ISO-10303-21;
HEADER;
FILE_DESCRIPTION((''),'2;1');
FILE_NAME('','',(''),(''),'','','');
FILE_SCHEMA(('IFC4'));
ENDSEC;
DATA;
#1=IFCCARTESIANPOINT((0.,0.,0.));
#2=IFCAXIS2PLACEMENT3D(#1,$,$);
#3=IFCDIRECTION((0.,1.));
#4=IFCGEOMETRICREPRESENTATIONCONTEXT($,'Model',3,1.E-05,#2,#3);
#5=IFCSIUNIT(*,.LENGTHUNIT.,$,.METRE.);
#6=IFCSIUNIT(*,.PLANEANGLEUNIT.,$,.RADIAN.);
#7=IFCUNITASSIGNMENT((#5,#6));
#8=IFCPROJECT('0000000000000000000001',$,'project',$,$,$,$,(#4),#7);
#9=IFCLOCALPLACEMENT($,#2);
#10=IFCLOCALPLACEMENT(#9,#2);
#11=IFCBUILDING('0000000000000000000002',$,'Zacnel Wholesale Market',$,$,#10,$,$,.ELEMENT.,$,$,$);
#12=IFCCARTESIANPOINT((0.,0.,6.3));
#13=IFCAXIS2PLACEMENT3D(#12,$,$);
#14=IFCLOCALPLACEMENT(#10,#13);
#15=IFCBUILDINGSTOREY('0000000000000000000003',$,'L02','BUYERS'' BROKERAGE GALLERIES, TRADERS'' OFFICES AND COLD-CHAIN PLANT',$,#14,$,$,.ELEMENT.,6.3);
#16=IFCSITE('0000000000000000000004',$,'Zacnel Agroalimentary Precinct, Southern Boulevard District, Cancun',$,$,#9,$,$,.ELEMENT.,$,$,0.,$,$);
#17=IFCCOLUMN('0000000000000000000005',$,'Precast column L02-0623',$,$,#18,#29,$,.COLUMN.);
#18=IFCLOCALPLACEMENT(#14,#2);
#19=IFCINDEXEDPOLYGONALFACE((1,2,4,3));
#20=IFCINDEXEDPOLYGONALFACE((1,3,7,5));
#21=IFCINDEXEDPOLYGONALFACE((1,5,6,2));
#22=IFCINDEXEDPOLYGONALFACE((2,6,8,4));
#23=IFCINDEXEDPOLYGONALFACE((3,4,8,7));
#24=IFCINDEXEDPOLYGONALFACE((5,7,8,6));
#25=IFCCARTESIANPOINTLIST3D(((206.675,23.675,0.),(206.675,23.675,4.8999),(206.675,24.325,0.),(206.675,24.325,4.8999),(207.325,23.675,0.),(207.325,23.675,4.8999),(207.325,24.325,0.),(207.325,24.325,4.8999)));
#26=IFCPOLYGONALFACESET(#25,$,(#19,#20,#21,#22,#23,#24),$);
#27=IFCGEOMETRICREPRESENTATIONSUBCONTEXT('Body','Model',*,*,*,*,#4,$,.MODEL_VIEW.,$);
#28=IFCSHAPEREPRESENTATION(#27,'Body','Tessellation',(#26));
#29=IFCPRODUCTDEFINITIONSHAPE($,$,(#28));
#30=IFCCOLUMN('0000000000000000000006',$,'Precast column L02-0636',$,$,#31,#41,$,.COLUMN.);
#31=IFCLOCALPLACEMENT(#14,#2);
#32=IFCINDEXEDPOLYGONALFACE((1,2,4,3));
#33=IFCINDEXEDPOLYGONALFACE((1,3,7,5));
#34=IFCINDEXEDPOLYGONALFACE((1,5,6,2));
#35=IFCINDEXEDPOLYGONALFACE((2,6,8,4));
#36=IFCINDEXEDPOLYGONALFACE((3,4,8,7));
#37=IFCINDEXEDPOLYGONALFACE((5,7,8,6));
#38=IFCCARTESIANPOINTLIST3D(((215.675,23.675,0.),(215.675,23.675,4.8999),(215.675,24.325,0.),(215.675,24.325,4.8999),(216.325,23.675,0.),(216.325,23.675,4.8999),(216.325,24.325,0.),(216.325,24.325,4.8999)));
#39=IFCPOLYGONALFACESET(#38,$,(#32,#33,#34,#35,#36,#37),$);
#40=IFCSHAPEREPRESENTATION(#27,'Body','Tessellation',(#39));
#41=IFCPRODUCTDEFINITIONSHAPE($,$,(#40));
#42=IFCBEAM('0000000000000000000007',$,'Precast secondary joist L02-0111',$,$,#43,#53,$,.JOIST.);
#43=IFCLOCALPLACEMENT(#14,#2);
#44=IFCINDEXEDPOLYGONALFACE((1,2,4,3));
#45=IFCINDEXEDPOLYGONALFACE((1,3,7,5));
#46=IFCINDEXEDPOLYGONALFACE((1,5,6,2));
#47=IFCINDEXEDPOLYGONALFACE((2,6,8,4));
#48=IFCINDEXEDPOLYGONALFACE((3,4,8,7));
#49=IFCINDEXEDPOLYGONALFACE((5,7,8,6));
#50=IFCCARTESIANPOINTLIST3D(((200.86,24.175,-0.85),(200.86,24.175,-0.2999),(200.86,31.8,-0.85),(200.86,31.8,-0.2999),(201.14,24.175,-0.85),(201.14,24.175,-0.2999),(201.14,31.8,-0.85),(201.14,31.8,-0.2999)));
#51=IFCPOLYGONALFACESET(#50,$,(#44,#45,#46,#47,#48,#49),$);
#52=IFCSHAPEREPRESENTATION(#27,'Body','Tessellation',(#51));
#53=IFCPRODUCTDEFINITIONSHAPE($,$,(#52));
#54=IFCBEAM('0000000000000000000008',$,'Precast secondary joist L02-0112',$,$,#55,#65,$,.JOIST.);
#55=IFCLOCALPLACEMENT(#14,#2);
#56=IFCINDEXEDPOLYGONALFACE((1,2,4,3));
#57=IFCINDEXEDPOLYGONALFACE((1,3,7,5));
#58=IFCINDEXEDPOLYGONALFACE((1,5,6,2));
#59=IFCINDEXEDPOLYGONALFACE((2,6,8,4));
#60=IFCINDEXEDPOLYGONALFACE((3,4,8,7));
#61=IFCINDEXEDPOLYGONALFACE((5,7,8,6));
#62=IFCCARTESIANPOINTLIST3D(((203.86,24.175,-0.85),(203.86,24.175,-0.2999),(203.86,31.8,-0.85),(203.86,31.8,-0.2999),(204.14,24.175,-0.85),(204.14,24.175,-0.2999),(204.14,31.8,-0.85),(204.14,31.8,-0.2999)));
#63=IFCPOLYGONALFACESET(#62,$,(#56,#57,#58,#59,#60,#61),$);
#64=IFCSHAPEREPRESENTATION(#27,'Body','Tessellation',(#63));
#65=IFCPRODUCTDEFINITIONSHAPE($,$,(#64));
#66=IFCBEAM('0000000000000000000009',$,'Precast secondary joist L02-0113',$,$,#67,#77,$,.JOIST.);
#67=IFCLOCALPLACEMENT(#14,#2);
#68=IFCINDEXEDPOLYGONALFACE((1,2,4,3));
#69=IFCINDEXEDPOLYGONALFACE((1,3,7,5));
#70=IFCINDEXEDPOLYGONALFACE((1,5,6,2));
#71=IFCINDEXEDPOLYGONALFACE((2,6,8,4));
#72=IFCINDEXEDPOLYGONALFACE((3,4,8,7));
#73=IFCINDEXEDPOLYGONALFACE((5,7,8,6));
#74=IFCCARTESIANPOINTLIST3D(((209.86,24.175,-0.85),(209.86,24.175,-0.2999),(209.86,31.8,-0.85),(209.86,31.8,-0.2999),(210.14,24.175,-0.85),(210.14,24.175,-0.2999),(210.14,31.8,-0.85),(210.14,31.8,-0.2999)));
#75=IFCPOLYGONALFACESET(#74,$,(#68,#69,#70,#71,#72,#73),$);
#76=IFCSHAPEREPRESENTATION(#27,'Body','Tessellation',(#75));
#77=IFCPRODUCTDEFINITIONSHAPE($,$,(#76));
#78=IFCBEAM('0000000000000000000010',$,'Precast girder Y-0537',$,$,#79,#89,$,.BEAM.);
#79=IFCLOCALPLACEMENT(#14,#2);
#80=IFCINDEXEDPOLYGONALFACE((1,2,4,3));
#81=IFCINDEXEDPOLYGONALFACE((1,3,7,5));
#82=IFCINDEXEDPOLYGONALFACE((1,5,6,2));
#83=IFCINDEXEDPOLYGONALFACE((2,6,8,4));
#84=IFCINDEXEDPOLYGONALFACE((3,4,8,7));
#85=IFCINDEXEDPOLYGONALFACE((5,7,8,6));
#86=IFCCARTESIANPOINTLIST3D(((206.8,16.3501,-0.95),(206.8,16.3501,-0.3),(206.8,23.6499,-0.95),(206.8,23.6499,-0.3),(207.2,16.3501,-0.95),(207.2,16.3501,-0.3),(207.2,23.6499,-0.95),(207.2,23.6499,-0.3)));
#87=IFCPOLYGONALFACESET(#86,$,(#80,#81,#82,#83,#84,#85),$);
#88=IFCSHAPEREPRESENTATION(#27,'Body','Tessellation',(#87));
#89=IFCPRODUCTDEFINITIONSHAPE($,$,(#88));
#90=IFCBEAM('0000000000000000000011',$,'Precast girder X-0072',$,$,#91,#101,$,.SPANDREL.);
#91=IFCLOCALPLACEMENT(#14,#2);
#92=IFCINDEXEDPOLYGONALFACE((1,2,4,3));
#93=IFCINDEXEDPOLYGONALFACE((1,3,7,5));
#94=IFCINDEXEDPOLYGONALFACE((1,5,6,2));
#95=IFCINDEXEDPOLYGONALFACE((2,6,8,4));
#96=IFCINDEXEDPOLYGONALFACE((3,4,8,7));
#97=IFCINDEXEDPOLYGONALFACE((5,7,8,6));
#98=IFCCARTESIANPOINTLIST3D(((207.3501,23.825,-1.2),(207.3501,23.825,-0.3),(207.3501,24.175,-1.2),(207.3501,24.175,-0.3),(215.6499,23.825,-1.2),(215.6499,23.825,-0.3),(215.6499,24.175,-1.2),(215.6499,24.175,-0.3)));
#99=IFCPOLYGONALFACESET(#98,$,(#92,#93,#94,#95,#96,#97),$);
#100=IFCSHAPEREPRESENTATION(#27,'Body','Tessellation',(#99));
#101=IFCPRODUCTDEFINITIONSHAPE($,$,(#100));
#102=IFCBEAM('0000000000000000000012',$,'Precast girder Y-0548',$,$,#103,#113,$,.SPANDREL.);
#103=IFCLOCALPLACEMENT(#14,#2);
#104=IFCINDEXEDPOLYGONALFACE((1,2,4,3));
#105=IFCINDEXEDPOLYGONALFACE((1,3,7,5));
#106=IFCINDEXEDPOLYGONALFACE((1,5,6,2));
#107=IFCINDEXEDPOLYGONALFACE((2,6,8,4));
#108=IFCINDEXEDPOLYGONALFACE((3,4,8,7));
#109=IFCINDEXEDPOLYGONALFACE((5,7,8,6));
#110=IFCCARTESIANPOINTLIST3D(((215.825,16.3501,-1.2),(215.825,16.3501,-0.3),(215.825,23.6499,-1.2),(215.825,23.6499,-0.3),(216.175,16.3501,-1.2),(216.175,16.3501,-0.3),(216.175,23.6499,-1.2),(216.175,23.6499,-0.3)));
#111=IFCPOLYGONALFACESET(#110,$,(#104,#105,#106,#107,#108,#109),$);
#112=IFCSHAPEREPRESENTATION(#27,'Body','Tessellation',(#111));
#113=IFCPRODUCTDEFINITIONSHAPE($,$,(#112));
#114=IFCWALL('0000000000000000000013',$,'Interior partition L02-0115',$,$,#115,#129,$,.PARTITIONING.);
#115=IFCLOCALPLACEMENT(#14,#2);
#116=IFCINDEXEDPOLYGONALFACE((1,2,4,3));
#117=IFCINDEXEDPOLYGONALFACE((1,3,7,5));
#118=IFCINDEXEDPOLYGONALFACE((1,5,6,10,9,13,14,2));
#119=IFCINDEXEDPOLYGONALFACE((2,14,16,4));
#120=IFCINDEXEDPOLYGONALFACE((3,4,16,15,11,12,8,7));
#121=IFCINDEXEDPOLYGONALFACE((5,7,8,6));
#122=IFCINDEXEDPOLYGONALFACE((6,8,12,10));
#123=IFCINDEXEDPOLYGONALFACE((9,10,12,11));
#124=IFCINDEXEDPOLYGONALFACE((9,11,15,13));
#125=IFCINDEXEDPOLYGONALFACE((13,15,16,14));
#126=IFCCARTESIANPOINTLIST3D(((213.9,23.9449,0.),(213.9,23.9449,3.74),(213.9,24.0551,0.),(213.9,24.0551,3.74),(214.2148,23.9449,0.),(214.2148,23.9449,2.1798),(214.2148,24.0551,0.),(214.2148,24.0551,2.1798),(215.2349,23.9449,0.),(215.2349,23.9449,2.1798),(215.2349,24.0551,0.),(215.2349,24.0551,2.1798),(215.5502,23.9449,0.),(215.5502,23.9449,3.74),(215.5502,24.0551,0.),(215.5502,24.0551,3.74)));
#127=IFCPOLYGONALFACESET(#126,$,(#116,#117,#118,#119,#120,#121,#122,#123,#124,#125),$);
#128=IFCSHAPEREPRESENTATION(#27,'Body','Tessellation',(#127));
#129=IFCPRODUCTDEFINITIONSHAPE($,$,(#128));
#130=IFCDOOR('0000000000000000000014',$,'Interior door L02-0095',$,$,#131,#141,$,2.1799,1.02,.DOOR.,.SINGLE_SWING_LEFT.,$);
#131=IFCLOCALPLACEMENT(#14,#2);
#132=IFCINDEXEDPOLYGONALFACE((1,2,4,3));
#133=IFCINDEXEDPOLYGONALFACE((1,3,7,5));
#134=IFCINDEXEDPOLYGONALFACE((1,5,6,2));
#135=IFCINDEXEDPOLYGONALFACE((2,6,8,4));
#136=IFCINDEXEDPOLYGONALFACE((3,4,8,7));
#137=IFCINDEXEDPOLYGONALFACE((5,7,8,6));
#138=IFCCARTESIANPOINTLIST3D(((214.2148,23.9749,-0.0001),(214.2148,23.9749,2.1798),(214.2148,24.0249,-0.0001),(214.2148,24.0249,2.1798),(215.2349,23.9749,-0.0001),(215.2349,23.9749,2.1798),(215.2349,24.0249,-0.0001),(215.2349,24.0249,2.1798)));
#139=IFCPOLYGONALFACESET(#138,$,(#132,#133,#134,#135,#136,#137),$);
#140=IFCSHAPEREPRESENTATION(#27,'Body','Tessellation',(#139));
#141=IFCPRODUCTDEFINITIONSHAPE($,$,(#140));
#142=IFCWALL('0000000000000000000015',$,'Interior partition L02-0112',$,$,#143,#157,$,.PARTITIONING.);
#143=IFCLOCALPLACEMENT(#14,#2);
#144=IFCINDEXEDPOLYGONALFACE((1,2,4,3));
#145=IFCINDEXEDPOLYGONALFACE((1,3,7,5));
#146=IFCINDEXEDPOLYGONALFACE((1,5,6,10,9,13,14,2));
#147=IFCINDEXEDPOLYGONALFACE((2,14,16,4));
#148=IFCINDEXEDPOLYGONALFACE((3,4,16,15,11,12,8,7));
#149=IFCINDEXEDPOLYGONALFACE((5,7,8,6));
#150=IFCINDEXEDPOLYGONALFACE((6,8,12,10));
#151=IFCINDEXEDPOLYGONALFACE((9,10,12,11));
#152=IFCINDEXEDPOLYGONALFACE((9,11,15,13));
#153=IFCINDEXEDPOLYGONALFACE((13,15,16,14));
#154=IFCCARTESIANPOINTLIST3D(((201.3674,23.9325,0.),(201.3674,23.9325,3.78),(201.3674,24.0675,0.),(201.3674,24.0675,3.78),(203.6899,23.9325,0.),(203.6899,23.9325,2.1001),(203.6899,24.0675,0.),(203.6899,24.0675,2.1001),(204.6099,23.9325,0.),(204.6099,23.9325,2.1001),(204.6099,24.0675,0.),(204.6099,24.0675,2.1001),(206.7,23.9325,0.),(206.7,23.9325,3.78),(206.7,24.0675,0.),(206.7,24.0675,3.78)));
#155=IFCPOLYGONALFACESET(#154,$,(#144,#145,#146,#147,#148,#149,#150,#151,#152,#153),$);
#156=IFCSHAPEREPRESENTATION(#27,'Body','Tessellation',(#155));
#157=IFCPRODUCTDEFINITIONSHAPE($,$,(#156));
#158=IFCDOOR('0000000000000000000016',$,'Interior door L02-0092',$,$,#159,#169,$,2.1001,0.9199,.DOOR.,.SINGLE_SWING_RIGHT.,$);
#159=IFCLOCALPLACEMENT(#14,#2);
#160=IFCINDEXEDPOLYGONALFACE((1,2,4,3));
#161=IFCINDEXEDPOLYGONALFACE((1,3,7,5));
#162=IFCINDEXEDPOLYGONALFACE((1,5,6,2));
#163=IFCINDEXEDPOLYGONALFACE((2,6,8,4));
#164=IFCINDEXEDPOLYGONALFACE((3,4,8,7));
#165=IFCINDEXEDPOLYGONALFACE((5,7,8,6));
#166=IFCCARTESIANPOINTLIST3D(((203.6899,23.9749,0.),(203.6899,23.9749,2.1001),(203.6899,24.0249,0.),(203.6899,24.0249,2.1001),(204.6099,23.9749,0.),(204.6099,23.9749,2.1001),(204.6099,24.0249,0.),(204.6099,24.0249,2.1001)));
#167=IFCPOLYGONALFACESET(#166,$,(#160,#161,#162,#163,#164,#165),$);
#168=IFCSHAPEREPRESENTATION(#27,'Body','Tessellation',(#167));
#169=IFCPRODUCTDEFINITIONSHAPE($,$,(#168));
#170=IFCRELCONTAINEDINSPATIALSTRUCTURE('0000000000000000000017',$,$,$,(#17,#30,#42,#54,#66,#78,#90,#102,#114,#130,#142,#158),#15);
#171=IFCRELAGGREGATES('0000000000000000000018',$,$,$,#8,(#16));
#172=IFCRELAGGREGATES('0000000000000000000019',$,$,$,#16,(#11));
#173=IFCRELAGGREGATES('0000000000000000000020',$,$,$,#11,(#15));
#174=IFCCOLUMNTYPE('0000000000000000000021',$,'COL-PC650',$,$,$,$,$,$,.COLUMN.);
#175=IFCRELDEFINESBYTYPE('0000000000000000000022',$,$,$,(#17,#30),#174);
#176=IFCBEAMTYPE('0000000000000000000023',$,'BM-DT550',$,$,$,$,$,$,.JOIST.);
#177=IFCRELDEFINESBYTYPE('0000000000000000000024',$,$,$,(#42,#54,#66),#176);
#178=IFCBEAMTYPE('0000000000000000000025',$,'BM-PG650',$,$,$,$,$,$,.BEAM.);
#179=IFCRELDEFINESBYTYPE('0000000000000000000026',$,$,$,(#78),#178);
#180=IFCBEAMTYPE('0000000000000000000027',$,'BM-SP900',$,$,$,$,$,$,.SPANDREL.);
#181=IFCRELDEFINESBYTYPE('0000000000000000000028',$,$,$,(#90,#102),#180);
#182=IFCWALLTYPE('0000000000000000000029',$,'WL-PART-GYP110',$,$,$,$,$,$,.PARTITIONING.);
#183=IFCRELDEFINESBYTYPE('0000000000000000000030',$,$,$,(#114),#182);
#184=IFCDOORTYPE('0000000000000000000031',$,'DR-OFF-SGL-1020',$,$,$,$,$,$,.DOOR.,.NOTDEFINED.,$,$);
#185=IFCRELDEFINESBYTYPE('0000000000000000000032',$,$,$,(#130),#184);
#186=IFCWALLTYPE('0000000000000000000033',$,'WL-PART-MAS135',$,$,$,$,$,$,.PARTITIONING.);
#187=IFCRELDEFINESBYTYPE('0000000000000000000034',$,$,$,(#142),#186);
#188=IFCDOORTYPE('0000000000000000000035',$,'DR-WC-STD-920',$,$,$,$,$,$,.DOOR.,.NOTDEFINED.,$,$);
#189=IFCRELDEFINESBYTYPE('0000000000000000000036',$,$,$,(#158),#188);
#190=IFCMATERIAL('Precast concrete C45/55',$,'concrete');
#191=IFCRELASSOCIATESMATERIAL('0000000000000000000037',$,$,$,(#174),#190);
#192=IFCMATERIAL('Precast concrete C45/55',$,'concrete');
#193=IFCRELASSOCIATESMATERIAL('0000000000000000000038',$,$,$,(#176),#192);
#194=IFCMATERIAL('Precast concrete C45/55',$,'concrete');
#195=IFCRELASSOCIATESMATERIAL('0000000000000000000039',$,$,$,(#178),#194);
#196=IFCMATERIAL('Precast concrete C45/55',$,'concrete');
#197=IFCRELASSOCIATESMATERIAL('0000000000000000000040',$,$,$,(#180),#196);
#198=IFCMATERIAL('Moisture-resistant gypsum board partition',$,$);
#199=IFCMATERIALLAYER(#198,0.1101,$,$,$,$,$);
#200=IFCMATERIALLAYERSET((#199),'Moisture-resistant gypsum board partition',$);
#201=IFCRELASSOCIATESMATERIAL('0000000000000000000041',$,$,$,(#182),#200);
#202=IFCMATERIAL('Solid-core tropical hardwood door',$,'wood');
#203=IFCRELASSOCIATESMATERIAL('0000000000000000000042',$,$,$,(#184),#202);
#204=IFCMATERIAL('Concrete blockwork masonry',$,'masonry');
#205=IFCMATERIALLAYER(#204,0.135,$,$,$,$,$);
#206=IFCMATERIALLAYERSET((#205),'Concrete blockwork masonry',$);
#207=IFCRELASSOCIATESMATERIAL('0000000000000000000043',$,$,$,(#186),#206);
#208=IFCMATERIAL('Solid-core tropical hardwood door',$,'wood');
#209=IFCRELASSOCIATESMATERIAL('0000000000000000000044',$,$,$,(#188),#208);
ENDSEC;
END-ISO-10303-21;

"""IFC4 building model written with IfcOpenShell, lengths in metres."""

from ifc_helpers import new_model, si_unit, direction, frame, frame_2d, origin, origin_2d, place, context, subcontext, project, spatial, rectangle, extrude, material, layer, layer_set, material_profile, profile_set, type_object, element, fill, save


model = new_model("IFC4")

# Units and contexts
model_context = context("Model", 3, precision=1e-05, world=origin(), true_north=direction((0.0, 1.0)))
body_context = subcontext(model_context, "Body", "Model", "MODEL_VIEW")
ifc_project = project(units=[si_unit("LENGTHUNIT", "METRE"), si_unit("PLANEANGLEUNIT", "RADIAN")], contexts=[model_context])

# Site, building, storey
site_placement = place(None, origin())
site = spatial("IfcSite", under=ifc_project, at=site_placement, Name="Zacnel Agroalimentary Precinct, Southern Boulevard District, Cancun", CompositionType="ELEMENT", RefElevation=0.0)
building_placement = place(site_placement, origin())
building = spatial("IfcBuilding", under=site, at=building_placement, Name="Zacnel Wholesale Market", CompositionType="ELEMENT")
storey_placement = place(building_placement, frame((0.0, 0.0, 6.3)))
storey = spatial("IfcBuildingStorey", under=building, at=storey_placement, Name="L02", Description="BUYERS' BROKERAGE GALLERIES, TRADERS' OFFICES AND COLD-CHAIN PLANT", CompositionType="ELEMENT", Elevation=6.3)

# Columns
ifc_material_1 = material(Name="Precast concrete C45/55", Category="concrete")
ifc_material_profile_1 = material_profile(ifc_material_1, rectangle(XDim=0.6499, YDim=0.6499, at=origin_2d()), Name="PC 650x650")
ifc_profile_set_1 = profile_set([ifc_material_profile_1], Name="Precast concrete C45/55")
column_type = type_object("IfcColumnType", Name="COL-PC650", PredefinedType="COLUMN", material=ifc_profile_set_1)
for number, where, z_axis, x_axis, name in (
    (1, (207.0, 24.0, 0.0), (0.0, 0.0, 1.0), (1.0, 0.0, 0.0), "Precast column L02-0623"),
    (2, (216.0, 24.0, 0.0), (0.0, 0.0, 1.0), (1.0, 0.0, 0.0), "Precast column L02-0636"),
):
    element("IfcColumn", number, at=place(storey_placement, frame(where, z_axis=z_axis, x_axis=x_axis)), inside=storey, type_object=column_type, Name=name, PredefinedType="COLUMN", context=body_context, shape_type="SweptSolid", body=[
        extrude(rectangle(XDim=0.6499, YDim=0.6499, at=origin_2d()), origin(), (0.0, 0.0, 1.0), 4.8999),
    ])

# Beams
ifc_material_2 = material(Name="Precast concrete C45/55", Category="concrete")
ifc_material_profile_2 = material_profile(ifc_material_2, rectangle(XDim=0.28, YDim=0.55, at=origin_2d()), Name="DT RIB 280x550")
ifc_profile_set_2 = profile_set([ifc_material_profile_2], Name="Precast concrete C45/55")
beam_type_1 = type_object("IfcBeamType", Name="BM-DT550", PredefinedType="JOIST", material=ifc_profile_set_2)
for number, where, z_axis, x_axis, name in (
    (3, (201.0, 24.175, -0.575), (0.0, 1.0, 0.0), (-1.0, 0.0, 0.0), "Precast secondary joist L02-0111"),
    (4, (204.0, 24.175, -0.575), (0.0, 1.0, 0.0), (-1.0, 0.0, 0.0), "Precast secondary joist L02-0112"),
    (5, (210.0, 24.175, -0.575), (0.0, 1.0, 0.0), (-1.0, 0.0, 0.0), "Precast secondary joist L02-0113"),
):
    element("IfcBeam", number, at=place(storey_placement, frame(where, z_axis=z_axis, x_axis=x_axis)), inside=storey, type_object=beam_type_1, Name=name, PredefinedType="JOIST", context=body_context, shape_type="SweptSolid", body=[
        extrude(rectangle(XDim=0.28, YDim=0.55, at=origin_2d()), origin(), (0.0, 0.0, 1.0), 7.625),
    ])
ifc_material_3 = material(Name="Precast concrete C45/55", Category="concrete")
ifc_material_profile_3 = material_profile(ifc_material_3, rectangle(XDim=0.3999, YDim=0.6499, at=origin_2d()), Name="PG 400x650")
ifc_profile_set_3 = profile_set([ifc_material_profile_3], Name="Precast concrete C45/55")
beam_type_2 = type_object("IfcBeamType", Name="BM-PG650", PredefinedType="BEAM", material=ifc_profile_set_3)
beam_1_placement = place(storey_placement, frame((207.0, 16.3501, -0.625), z_axis=(0.0, 1.0, 0.0), x_axis=(-1.0, 0.0, 0.0)))
element("IfcBeam", 6, at=beam_1_placement, inside=storey, type_object=beam_type_2, Name="Precast girder Y-0537", PredefinedType="BEAM", context=body_context, shape_type="SweptSolid", body=[
    extrude(rectangle(XDim=0.3999, YDim=0.6499, at=origin_2d()), origin(), (0.0, 0.0, 1.0), 7.2998),
])
ifc_material_4 = material(Name="Precast concrete C45/55", Category="concrete")
ifc_material_profile_4 = material_profile(ifc_material_4, rectangle(XDim=0.3501, YDim=0.8999, at=origin_2d()), Name="SP 350x900")
ifc_profile_set_4 = profile_set([ifc_material_profile_4], Name="Precast concrete C45/55")
beam_type_3 = type_object("IfcBeamType", Name="BM-SP900", PredefinedType="SPANDREL", material=ifc_profile_set_4)
beam_2_placement = place(storey_placement, frame((207.3501, 24.0, -0.75), z_axis=(1.0, 0.0, 0.0), x_axis=(0.0, 1.0, 0.0)))
element("IfcBeam", 7, at=beam_2_placement, inside=storey, type_object=beam_type_3, Name="Precast girder X-0072", PredefinedType="SPANDREL", context=body_context, shape_type="SweptSolid", body=[
    extrude(rectangle(XDim=0.3501, YDim=0.8999, at=origin_2d()), origin(), (0.0, 0.0, 1.0), 8.2998),
])
beam_3_placement = place(storey_placement, frame((216.0, 16.3501, -0.75), z_axis=(0.0, 1.0, 0.0), x_axis=(-1.0, 0.0, 0.0)))
element("IfcBeam", 8, at=beam_3_placement, inside=storey, type_object=beam_type_3, Name="Precast girder Y-0548", PredefinedType="SPANDREL", context=body_context, shape_type="SweptSolid", body=[
    extrude(rectangle(XDim=0.3501, YDim=0.8999, at=origin_2d()), origin(), (0.0, 0.0, 1.0), 7.2998),
])

# Walls, openings, doors
ifc_material_5 = material(Name="Moisture-resistant gypsum board partition")
ifc_layer_1 = layer(ifc_material_5, 0.1101)
ifc_layer_set_1 = layer_set([ifc_layer_1], Name="Moisture-resistant gypsum board partition")
wall_type_1 = type_object("IfcWallType", Name="WL-PART-GYP110", PredefinedType="PARTITIONING", material=ifc_layer_set_1)
wall_1_placement = place(storey_placement, frame((213.8999, 24.0, 0.0), z_axis=(0.0, 0.0, 1.0), x_axis=(1.0, 0.0, 0.0)))
wall_1 = element("IfcWall", 9, at=wall_1_placement, inside=storey, type_object=wall_type_1, Name="Interior partition L02-0115", PredefinedType="PARTITIONING", context=body_context, shape_type="SweptSolid", body=[
    extrude(rectangle(XDim=1.6501, YDim=0.1101, at=frame_2d((0.8252, 0.0))), origin(), (0.0, 0.0, 1.0), 3.74),
])
opening_1_placement = place(wall_1_placement, frame((0.3149, 0.0, 0.0)))
opening_1 = element("IfcOpeningElement", 10, at=opening_1_placement, cuts=wall_1, PredefinedType="OPENING", context=body_context, shape_type="SweptSolid", body=[
    extrude(rectangle(XDim=1.02, YDim=2.1799, at=frame_2d((0.51, 1.0898))), frame((0.0, 0.0649, 0.0), z_axis=(0.0, -1.0, 0.0), x_axis=(1.0, 0.0, 0.0)), (0.0, 0.0, 1.0), 0.1301),
])
ifc_material_6 = material(Name="Solid-core tropical hardwood door", Category="wood")
door_type_1 = type_object("IfcDoorType", Name="DR-OFF-SGL-1020", OperationType="NOTDEFINED", PredefinedType="DOOR", material=ifc_material_6)
door_1_placement = place(opening_1_placement, origin())
door_1 = element("IfcDoor", 11, at=door_1_placement, inside=storey, type_object=door_type_1, Name="Interior door L02-0095", OperationType="SINGLE_SWING_LEFT", OverallHeight=2.1799, OverallWidth=1.02, PredefinedType="DOOR", context=body_context, shape_type="SweptSolid", body=[
    extrude(rectangle(XDim=1.02, YDim=2.1799, at=frame_2d((0.51, 1.0898))), frame((0.0, 0.0249, 0.0), z_axis=(0.0, -1.0, 0.0), x_axis=(1.0, 0.0, 0.0)), (0.0, 0.0, 1.0), 0.05),
])
fill(opening_1, door_1)
ifc_material_7 = material(Name="Concrete blockwork masonry", Category="masonry")
ifc_layer_2 = layer(ifc_material_7, 0.135)
ifc_layer_set_2 = layer_set([ifc_layer_2], Name="Concrete blockwork masonry")
wall_type_2 = type_object("IfcWallType", Name="WL-PART-MAS135", PredefinedType="PARTITIONING", material=ifc_layer_set_2)
wall_2_placement = place(storey_placement, frame((201.3674, 24.0, 0.0), z_axis=(0.0, 0.0, 1.0), x_axis=(1.0, 0.0, 0.0)))
wall_2 = element("IfcWall", 12, at=wall_2_placement, inside=storey, type_object=wall_type_2, Name="Interior partition L02-0112", PredefinedType="PARTITIONING", context=body_context, shape_type="SweptSolid", body=[
    extrude(rectangle(XDim=5.3325, YDim=0.135, at=frame_2d((2.6663, 0.0))), origin(), (0.0, 0.0, 1.0), 3.78),
])
opening_2_placement = place(wall_2_placement, frame((2.3225, 0.0, 0.0)))
opening_2 = element("IfcOpeningElement", 13, at=opening_2_placement, cuts=wall_2, PredefinedType="OPENING", context=body_context, shape_type="SweptSolid", body=[
    extrude(rectangle(XDim=0.9199, YDim=2.1001, at=frame_2d((0.46, 1.05))), frame((0.0, 0.0774, 0.0), z_axis=(0.0, -1.0, 0.0), x_axis=(1.0, 0.0, 0.0)), (0.0, 0.0, 1.0), 0.155),
])
ifc_material_8 = material(Name="Solid-core tropical hardwood door", Category="wood")
door_type_2 = type_object("IfcDoorType", Name="DR-WC-STD-920", OperationType="NOTDEFINED", PredefinedType="DOOR", material=ifc_material_8)
door_2_placement = place(opening_2_placement, origin())
door_2 = element("IfcDoor", 14, at=door_2_placement, inside=storey, type_object=door_type_2, Name="Interior door L02-0092", OperationType="SINGLE_SWING_RIGHT", OverallHeight=2.1001, OverallWidth=0.9199, PredefinedType="DOOR", context=body_context, shape_type="SweptSolid", body=[
    extrude(rectangle(XDim=0.9199, YDim=2.1001, at=frame_2d((0.46, 1.05))), frame((0.0, 0.0249, 0.0), z_axis=(0.0, -1.0, 0.0), x_axis=(1.0, 0.0, 0.0)), (0.0, 0.0, 1.0), 0.05),
])
fill(opening_2, door_2)

save(model, "model.ifc")
